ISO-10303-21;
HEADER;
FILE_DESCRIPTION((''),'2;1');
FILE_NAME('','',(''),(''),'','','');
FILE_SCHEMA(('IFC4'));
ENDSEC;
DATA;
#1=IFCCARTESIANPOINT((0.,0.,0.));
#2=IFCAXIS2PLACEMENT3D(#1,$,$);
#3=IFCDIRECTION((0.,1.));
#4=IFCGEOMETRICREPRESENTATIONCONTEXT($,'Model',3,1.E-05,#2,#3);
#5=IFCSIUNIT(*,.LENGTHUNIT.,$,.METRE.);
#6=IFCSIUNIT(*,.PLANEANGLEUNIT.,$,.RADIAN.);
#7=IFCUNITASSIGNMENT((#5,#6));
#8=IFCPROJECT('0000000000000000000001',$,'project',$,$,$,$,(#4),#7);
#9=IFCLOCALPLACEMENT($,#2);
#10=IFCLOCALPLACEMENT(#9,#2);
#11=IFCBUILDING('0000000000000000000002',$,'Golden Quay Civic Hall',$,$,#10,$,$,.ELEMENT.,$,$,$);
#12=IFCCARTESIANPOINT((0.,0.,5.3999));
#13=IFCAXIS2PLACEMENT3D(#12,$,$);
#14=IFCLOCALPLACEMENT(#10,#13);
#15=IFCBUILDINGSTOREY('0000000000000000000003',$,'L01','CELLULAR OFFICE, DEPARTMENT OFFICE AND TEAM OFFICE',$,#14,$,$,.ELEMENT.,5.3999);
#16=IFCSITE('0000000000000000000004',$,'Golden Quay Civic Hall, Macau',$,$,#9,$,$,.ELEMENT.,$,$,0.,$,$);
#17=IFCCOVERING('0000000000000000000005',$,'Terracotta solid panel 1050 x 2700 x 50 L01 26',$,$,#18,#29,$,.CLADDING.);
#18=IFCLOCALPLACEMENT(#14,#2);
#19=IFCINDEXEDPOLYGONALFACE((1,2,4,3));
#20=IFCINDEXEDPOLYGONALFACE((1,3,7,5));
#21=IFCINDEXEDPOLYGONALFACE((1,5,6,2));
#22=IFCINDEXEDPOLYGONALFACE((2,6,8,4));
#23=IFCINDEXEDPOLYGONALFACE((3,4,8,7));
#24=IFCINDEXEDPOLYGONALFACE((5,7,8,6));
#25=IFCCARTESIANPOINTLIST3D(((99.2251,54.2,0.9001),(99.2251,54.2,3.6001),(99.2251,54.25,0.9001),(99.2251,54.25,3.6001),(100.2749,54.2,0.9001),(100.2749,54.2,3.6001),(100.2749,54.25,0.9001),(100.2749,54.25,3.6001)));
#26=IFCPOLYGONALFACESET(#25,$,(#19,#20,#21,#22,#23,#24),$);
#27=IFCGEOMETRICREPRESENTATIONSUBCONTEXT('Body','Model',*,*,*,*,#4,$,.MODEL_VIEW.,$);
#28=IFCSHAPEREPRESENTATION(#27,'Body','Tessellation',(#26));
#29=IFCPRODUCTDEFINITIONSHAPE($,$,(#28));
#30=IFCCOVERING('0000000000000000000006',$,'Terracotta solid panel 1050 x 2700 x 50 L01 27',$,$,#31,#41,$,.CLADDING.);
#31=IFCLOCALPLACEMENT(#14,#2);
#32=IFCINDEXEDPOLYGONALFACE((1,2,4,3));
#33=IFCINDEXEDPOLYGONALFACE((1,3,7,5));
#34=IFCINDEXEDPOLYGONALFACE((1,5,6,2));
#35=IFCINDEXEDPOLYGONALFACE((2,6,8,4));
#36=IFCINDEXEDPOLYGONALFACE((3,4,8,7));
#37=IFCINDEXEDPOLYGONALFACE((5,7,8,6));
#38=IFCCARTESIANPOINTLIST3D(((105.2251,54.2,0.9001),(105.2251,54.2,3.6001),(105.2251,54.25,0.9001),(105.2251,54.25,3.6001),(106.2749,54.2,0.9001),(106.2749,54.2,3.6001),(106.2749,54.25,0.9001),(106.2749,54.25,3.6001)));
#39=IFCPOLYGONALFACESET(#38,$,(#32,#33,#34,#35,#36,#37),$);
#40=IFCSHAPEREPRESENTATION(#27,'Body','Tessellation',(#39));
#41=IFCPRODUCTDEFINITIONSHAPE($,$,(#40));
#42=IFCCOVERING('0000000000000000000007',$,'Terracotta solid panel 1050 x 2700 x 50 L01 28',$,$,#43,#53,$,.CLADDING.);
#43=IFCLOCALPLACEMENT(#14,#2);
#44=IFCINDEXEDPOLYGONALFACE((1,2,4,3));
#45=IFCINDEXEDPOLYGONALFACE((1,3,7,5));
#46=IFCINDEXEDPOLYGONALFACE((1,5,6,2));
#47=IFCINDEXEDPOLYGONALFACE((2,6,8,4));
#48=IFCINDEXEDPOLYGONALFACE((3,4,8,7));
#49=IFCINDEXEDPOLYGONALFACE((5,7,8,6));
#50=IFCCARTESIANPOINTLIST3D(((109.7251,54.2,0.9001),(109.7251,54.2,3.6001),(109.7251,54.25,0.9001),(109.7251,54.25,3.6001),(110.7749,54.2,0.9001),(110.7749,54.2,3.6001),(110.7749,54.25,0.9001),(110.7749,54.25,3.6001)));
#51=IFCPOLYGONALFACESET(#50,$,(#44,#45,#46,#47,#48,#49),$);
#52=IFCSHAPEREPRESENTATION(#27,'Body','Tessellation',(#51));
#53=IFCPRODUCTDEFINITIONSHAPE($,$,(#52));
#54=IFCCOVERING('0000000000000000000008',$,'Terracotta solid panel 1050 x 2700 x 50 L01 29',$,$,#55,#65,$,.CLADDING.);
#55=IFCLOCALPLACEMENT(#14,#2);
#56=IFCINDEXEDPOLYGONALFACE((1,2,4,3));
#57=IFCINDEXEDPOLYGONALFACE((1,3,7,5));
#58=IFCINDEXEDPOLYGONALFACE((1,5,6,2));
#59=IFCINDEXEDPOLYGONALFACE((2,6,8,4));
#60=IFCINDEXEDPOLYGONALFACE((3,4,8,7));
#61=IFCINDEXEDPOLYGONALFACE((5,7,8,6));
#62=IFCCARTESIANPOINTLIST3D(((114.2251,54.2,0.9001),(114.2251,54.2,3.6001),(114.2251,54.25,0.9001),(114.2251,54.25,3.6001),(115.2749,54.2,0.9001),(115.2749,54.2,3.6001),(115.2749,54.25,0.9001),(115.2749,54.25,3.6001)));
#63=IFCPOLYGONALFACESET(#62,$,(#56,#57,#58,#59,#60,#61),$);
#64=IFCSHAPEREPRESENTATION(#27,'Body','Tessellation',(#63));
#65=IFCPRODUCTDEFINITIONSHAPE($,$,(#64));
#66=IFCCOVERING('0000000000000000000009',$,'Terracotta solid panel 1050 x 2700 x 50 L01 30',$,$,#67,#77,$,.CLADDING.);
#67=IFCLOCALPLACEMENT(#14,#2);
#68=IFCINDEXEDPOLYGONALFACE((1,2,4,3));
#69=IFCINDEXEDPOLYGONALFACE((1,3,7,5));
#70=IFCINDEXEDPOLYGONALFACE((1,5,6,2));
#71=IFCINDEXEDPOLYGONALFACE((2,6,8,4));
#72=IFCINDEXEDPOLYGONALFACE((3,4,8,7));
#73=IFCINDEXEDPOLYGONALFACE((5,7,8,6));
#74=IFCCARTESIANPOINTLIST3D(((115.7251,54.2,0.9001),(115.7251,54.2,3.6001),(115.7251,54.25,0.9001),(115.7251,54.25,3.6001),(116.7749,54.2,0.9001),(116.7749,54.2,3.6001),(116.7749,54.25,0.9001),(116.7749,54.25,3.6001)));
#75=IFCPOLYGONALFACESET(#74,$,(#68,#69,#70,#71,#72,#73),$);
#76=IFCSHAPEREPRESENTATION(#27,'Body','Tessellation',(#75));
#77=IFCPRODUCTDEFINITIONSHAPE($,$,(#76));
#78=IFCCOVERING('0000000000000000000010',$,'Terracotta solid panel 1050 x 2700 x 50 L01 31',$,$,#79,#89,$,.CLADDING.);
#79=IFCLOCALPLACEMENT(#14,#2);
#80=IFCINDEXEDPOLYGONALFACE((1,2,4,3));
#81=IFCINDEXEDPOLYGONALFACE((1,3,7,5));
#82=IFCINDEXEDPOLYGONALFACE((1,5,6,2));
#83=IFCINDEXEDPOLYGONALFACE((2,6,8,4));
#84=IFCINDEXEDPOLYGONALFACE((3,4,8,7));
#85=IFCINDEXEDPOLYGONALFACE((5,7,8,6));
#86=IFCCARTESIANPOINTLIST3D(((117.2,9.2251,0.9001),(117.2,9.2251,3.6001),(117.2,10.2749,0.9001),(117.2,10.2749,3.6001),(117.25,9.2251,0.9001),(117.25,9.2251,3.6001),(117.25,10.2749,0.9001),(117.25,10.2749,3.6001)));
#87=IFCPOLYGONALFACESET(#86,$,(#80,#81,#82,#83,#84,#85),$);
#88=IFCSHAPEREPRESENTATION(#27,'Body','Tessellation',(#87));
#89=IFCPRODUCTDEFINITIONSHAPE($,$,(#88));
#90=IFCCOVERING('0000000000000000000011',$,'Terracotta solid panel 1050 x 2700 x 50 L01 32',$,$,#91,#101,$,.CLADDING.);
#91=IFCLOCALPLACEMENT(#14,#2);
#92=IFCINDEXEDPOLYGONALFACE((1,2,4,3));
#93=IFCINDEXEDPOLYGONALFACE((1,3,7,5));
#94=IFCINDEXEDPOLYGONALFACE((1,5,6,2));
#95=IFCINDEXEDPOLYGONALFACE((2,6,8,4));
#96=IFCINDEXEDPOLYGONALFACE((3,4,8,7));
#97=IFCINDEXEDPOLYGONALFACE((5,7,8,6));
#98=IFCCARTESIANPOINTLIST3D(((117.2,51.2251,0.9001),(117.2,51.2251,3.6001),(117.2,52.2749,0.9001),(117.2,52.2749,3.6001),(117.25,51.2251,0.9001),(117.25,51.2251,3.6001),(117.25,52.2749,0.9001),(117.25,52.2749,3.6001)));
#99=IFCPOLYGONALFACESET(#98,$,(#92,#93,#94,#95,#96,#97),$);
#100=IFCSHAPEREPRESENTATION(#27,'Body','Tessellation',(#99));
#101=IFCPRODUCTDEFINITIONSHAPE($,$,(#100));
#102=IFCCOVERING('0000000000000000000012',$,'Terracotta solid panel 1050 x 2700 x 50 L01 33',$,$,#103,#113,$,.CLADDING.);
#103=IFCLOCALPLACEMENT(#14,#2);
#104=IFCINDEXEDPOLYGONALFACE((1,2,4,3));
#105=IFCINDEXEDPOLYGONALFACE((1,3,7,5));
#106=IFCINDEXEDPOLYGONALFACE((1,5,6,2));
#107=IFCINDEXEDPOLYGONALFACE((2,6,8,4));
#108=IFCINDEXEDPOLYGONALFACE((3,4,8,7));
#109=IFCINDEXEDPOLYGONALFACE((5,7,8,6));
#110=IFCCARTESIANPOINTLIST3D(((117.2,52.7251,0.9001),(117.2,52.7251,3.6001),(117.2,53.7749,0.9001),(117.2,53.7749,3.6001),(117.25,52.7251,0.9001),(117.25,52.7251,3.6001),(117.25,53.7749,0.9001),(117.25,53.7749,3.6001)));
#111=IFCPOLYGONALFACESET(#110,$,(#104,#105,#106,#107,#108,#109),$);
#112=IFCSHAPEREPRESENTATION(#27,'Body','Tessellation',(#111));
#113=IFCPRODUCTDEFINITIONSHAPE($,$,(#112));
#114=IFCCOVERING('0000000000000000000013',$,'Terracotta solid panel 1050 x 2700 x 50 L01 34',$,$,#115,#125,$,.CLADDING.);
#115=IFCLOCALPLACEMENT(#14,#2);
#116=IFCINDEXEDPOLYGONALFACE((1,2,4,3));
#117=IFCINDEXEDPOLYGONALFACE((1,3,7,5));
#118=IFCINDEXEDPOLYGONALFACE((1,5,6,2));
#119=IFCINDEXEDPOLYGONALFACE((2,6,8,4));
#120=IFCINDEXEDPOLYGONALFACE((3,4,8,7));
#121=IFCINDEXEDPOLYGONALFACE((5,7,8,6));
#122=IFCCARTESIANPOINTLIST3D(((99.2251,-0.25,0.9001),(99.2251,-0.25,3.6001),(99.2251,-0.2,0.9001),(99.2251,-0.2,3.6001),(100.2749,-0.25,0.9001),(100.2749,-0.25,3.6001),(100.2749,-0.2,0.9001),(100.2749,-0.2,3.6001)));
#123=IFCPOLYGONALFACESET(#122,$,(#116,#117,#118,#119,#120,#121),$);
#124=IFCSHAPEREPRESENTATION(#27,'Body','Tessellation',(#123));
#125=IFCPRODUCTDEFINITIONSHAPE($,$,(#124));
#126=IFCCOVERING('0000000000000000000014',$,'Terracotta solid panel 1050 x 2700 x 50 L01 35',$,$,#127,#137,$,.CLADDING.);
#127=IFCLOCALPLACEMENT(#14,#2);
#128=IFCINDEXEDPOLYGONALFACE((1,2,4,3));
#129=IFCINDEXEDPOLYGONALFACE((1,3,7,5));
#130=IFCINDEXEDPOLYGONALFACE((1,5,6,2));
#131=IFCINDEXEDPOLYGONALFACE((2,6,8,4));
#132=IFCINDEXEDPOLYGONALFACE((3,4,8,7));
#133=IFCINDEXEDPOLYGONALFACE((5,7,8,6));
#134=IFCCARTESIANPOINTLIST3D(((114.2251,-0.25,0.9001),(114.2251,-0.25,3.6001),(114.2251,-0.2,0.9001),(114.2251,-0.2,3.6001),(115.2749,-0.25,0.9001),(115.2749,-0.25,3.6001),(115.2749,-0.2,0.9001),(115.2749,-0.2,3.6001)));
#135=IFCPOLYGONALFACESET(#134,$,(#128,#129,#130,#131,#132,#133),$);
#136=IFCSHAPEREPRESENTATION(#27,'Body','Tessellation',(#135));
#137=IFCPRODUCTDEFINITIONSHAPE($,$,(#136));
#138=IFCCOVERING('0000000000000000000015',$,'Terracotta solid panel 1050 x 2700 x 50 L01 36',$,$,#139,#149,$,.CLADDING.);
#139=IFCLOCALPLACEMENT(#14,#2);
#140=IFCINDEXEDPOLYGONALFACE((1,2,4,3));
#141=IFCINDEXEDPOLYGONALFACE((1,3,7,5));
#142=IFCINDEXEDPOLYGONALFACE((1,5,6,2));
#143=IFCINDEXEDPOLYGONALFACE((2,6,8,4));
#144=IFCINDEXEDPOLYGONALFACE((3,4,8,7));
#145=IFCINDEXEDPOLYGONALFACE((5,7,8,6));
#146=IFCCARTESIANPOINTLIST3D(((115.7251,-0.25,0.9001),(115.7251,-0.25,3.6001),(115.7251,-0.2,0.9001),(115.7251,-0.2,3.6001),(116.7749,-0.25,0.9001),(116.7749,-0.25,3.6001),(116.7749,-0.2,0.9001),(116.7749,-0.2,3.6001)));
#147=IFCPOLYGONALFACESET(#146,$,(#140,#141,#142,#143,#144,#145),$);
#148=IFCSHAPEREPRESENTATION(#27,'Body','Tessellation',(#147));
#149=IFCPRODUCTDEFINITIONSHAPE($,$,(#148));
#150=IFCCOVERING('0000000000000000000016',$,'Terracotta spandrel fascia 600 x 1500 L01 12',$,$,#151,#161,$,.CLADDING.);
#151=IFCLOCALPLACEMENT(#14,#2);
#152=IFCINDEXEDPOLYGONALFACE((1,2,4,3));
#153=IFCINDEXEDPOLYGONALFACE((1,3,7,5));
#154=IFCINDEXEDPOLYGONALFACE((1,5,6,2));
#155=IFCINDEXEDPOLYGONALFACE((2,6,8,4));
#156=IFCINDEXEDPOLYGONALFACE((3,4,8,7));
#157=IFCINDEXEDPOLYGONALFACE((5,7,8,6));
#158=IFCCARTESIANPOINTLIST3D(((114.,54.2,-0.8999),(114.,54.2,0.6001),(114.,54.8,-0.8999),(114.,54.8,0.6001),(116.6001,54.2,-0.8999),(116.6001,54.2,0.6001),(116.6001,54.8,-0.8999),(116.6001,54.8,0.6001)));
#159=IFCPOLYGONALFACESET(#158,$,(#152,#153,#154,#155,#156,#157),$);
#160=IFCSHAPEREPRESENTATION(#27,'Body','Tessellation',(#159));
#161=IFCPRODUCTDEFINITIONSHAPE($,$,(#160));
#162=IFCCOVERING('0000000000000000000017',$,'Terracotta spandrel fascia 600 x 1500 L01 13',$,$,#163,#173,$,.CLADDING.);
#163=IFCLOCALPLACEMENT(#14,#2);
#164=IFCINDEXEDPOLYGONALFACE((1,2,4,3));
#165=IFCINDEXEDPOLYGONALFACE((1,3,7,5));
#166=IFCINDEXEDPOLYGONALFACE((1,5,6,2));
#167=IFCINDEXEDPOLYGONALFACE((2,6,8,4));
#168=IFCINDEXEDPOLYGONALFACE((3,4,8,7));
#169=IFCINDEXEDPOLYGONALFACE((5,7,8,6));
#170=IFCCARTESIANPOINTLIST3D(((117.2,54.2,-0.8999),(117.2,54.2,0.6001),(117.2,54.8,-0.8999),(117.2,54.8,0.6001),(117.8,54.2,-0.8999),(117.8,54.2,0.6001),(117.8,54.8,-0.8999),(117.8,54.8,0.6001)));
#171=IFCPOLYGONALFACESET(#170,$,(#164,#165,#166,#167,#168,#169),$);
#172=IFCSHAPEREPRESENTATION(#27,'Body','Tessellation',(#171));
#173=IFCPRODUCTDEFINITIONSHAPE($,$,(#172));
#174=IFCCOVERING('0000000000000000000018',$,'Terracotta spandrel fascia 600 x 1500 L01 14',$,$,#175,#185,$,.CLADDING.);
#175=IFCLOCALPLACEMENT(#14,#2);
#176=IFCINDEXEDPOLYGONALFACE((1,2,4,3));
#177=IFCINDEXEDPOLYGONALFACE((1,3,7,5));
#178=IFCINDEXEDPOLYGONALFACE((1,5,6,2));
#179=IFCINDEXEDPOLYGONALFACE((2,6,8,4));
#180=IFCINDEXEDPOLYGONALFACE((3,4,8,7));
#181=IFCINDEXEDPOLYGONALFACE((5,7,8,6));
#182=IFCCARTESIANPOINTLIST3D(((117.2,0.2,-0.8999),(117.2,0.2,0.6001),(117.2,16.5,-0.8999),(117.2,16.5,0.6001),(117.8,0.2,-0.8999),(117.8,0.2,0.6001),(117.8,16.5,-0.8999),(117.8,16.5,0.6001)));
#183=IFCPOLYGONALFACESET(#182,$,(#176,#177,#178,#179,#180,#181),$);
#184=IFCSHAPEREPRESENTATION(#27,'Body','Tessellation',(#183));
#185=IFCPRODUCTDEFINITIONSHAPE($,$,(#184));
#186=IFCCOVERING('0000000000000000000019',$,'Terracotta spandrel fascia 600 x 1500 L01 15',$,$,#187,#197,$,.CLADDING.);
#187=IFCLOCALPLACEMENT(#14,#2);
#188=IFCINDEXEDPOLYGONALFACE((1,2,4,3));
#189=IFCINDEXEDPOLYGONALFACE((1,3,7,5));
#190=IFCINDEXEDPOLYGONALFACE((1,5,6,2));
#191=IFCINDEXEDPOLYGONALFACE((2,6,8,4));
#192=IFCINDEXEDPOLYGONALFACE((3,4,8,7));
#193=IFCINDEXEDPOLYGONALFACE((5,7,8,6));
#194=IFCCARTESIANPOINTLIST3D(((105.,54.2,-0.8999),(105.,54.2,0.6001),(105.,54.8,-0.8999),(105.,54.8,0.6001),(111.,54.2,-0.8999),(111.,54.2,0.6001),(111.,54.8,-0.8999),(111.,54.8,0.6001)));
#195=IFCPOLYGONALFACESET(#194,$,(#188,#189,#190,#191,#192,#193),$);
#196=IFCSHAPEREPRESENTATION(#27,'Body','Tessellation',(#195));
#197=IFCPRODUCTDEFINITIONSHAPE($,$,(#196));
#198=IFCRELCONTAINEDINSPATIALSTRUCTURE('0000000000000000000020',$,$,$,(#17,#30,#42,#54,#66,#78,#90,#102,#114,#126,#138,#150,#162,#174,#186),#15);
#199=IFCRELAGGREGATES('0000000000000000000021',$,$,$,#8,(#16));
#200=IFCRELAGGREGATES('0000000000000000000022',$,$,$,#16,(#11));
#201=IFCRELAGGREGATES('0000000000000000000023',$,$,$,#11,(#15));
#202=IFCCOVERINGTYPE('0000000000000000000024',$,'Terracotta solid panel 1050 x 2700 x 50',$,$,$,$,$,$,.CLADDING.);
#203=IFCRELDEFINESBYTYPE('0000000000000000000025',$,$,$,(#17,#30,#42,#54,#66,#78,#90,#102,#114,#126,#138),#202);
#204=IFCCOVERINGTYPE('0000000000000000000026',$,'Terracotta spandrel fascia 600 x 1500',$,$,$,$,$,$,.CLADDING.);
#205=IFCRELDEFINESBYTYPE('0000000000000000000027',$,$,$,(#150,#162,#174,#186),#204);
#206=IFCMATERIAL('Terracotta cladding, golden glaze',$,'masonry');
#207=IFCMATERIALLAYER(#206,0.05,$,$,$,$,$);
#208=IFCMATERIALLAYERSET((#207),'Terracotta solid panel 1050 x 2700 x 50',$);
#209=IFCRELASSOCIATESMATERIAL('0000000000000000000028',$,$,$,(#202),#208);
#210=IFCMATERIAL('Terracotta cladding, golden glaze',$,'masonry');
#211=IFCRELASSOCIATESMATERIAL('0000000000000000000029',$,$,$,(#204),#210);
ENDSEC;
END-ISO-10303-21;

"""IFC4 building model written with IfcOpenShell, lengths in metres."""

from ifc_helpers import new_model, si_unit, direction, frame, origin, place, context, subcontext, project, spatial, polyline, outline, extrude, material, layer, layer_set, type_object, element, save


model = new_model("IFC4")

# Units and contexts
model_context = context("Model", 3, precision=1e-05, world=origin(), true_north=direction((0.0, 1.0)))
body_context = subcontext(model_context, "Body", "Model", "MODEL_VIEW")
ifc_project = project(units=[si_unit("LENGTHUNIT", "METRE"), si_unit("PLANEANGLEUNIT", "RADIAN")], contexts=[model_context])

# Site, building, storey
site_placement = place(None, origin())
site = spatial("IfcSite", under=ifc_project, at=site_placement, Name="Golden Quay Civic Hall, Macau", CompositionType="ELEMENT", RefElevation=0.0)
building_placement = place(site_placement, origin())
building = spatial("IfcBuilding", under=site, at=building_placement, Name="Golden Quay Civic Hall", CompositionType="ELEMENT")
storey_placement = place(building_placement, frame((0.0, 0.0, 5.3999)))
storey = spatial("IfcBuildingStorey", under=building, at=storey_placement, Name="L01", Description="CELLULAR OFFICE, DEPARTMENT OFFICE AND TEAM OFFICE", CompositionType="ELEMENT", Elevation=5.3999)

# Coverings
ifc_material_1 = material(Name="Terracotta cladding, golden glaze", Category="masonry")
ifc_layer_1 = layer(ifc_material_1, 0.05)
ifc_layer_set_1 = layer_set([ifc_layer_1], Name="Terracotta solid panel 1050 x 2700 x 50")
covering_type_1 = type_object("IfcCoveringType", Name="Terracotta solid panel 1050 x 2700 x 50", PredefinedType="CLADDING", material=ifc_layer_set_1)
covering_1_placement = place(storey_placement, frame((0.0, 0.0, 0.9001)))
element("IfcCovering", 1, at=covering_1_placement, inside=storey, type_object=covering_type_1, Name="Terracotta solid panel 1050 x 2700 x 50 L01 26", PredefinedType="CLADDING", context=body_context, shape_type="SweptSolid", body=[
    extrude(outline(polyline([(99.2251, 54.2), (100.2749, 54.2), (100.2749, 54.25), (99.2251, 54.25), (99.2251, 54.2)])), origin(), (0.0, 0.0, 1.0), 2.7),
])
covering_2_placement = place(storey_placement, frame((0.0, 0.0, 0.9001)))
element("IfcCovering", 2, at=covering_2_placement, inside=storey, type_object=covering_type_1, Name="Terracotta solid panel 1050 x 2700 x 50 L01 27", PredefinedType="CLADDING", context=body_context, shape_type="SweptSolid", body=[
    extrude(outline(polyline([(105.2251, 54.2), (106.2749, 54.2), (106.2749, 54.25), (105.2251, 54.25), (105.2251, 54.2)])), origin(), (0.0, 0.0, 1.0), 2.7),
])
covering_3_placement = place(storey_placement, frame((0.0, 0.0, 0.9001)))
element("IfcCovering", 3, at=covering_3_placement, inside=storey, type_object=covering_type_1, Name="Terracotta solid panel 1050 x 2700 x 50 L01 28", PredefinedType="CLADDING", context=body_context, shape_type="SweptSolid", body=[
    extrude(outline(polyline([(109.7251, 54.2), (110.7749, 54.2), (110.7749, 54.25), (109.7251, 54.25), (109.7251, 54.2)])), origin(), (0.0, 0.0, 1.0), 2.7),
])
covering_4_placement = place(storey_placement, frame((0.0, 0.0, 0.9001)))
element("IfcCovering", 4, at=covering_4_placement, inside=storey, type_object=covering_type_1, Name="Terracotta solid panel 1050 x 2700 x 50 L01 29", PredefinedType="CLADDING", context=body_context, shape_type="SweptSolid", body=[
    extrude(outline(polyline([(114.2251, 54.2), (115.2749, 54.2), (115.2749, 54.25), (114.2251, 54.25), (114.2251, 54.2)])), origin(), (0.0, 0.0, 1.0), 2.7),
])
covering_5_placement = place(storey_placement, frame((0.0, 0.0, 0.9001)))
element("IfcCovering", 5, at=covering_5_placement, inside=storey, type_object=covering_type_1, Name="Terracotta solid panel 1050 x 2700 x 50 L01 30", PredefinedType="CLADDING", context=body_context, shape_type="SweptSolid", body=[
    extrude(outline(polyline([(115.7251, 54.2), (116.7749, 54.2), (116.7749, 54.25), (115.7251, 54.25), (115.7251, 54.2)])), origin(), (0.0, 0.0, 1.0), 2.7),
])
covering_6_placement = place(storey_placement, frame((0.0, 0.0, 0.9001)))
element("IfcCovering", 6, at=covering_6_placement, inside=storey, type_object=covering_type_1, Name="Terracotta solid panel 1050 x 2700 x 50 L01 31", PredefinedType="CLADDING", context=body_context, shape_type="SweptSolid", body=[
    extrude(outline(polyline([(117.2, 9.2251), (117.2, 10.2749), (117.25, 10.2749), (117.25, 9.2251), (117.2, 9.2251)])), origin(), (0.0, 0.0, 1.0), 2.7),
])
covering_7_placement = place(storey_placement, frame((0.0, 0.0, 0.9001)))
element("IfcCovering", 7, at=covering_7_placement, inside=storey, type_object=covering_type_1, Name="Terracotta solid panel 1050 x 2700 x 50 L01 32", PredefinedType="CLADDING", context=body_context, shape_type="SweptSolid", body=[
    extrude(outline(polyline([(117.2, 51.2251), (117.2, 52.2749), (117.25, 52.2749), (117.25, 51.2251), (117.2, 51.2251)])), origin(), (0.0, 0.0, 1.0), 2.7),
])
covering_8_placement = place(storey_placement, frame((0.0, 0.0, 0.9001)))
element("IfcCovering", 8, at=covering_8_placement, inside=storey, type_object=covering_type_1, Name="Terracotta solid panel 1050 x 2700 x 50 L01 33", PredefinedType="CLADDING", context=body_context, shape_type="SweptSolid", body=[
    extrude(outline(polyline([(117.2, 52.7251), (117.2, 53.7749), (117.25, 53.7749), (117.25, 52.7251), (117.2, 52.7251)])), origin(), (0.0, 0.0, 1.0), 2.7),
])
covering_9_placement = place(storey_placement, frame((0.0, 0.0, 0.9001)))
element("IfcCovering", 9, at=covering_9_placement, inside=storey, type_object=covering_type_1, Name="Terracotta solid panel 1050 x 2700 x 50 L01 34", PredefinedType="CLADDING", context=body_context, shape_type="SweptSolid", body=[
    extrude(outline(polyline([(99.2251, -0.2), (100.2749, -0.2), (100.2749, -0.25), (99.2251, -0.25), (99.2251, -0.2)])), origin(), (0.0, 0.0, 1.0), 2.7),
])
covering_10_placement = place(storey_placement, frame((0.0, 0.0, 0.9001)))
element("IfcCovering", 10, at=covering_10_placement, inside=storey, type_object=covering_type_1, Name="Terracotta solid panel 1050 x 2700 x 50 L01 35", PredefinedType="CLADDING", context=body_context, shape_type="SweptSolid", body=[
    extrude(outline(polyline([(114.2251, -0.2), (115.2749, -0.2), (115.2749, -0.25), (114.2251, -0.25), (114.2251, -0.2)])), origin(), (0.0, 0.0, 1.0), 2.7),
])
covering_11_placement = place(storey_placement, frame((0.0, 0.0, 0.9001)))
element("IfcCovering", 11, at=covering_11_placement, inside=storey, type_object=covering_type_1, Name="Terracotta solid panel 1050 x 2700 x 50 L01 36", PredefinedType="CLADDING", context=body_context, shape_type="SweptSolid", body=[
    extrude(outline(polyline([(115.7251, -0.2), (116.7749, -0.2), (116.7749, -0.25), (115.7251, -0.25), (115.7251, -0.2)])), origin(), (0.0, 0.0, 1.0), 2.7),
])
ifc_material_2 = material(Name="Terracotta cladding, golden glaze", Category="masonry")
covering_type_2 = type_object("IfcCoveringType", Name="Terracotta spandrel fascia 600 x 1500", PredefinedType="CLADDING", material=ifc_material_2)
covering_12_placement = place(storey_placement, frame((0.0, 0.0, -0.8999)))
element("IfcCovering", 12, at=covering_12_placement, inside=storey, type_object=covering_type_2, Name="Terracotta spandrel fascia 600 x 1500 L01 12", PredefinedType="CLADDING", context=body_context, shape_type="SweptSolid", body=[
    extrude(outline(polyline([(114.0, 54.8), (116.6001, 54.8), (116.6001, 54.2), (114.0, 54.2), (114.0, 54.8)])), origin(), (0.0, 0.0, 1.0), 1.5),
])
covering_13_placement = place(storey_placement, frame((0.0, 0.0, -0.8999)))
element("IfcCovering", 13, at=covering_13_placement, inside=storey, type_object=covering_type_2, Name="Terracotta spandrel fascia 600 x 1500 L01 13", PredefinedType="CLADDING", context=body_context, shape_type="SweptSolid", body=[
    extrude(outline(polyline([(117.8, 54.2), (117.2, 54.2), (117.2, 54.8), (117.8, 54.8), (117.8, 54.2)])), origin(), (0.0, 0.0, 1.0), 1.5),
])
covering_14_placement = place(storey_placement, frame((0.0, 0.0, -0.8999)))
element("IfcCovering", 14, at=covering_14_placement, inside=storey, type_object=covering_type_2, Name="Terracotta spandrel fascia 600 x 1500 L01 14", PredefinedType="CLADDING", context=body_context, shape_type="SweptSolid", body=[
    extrude(outline(polyline([(117.2, 0.2), (117.2, 16.5), (117.8, 16.5), (117.8, 0.2), (117.2, 0.2)])), origin(), (0.0, 0.0, 1.0), 1.5),
])
covering_15_placement = place(storey_placement, frame((0.0, 0.0, -0.8999)))
element("IfcCovering", 15, at=covering_15_placement, inside=storey, type_object=covering_type_2, Name="Terracotta spandrel fascia 600 x 1500 L01 15", PredefinedType="CLADDING", context=body_context, shape_type="SweptSolid", body=[
    extrude(outline(polyline([(111.0, 54.8), (111.0, 54.2), (105.0, 54.2), (105.0, 54.8), (111.0, 54.8)])), origin(), (0.0, 0.0, 1.0), 1.5),
])

save(model, "model.ifc")
